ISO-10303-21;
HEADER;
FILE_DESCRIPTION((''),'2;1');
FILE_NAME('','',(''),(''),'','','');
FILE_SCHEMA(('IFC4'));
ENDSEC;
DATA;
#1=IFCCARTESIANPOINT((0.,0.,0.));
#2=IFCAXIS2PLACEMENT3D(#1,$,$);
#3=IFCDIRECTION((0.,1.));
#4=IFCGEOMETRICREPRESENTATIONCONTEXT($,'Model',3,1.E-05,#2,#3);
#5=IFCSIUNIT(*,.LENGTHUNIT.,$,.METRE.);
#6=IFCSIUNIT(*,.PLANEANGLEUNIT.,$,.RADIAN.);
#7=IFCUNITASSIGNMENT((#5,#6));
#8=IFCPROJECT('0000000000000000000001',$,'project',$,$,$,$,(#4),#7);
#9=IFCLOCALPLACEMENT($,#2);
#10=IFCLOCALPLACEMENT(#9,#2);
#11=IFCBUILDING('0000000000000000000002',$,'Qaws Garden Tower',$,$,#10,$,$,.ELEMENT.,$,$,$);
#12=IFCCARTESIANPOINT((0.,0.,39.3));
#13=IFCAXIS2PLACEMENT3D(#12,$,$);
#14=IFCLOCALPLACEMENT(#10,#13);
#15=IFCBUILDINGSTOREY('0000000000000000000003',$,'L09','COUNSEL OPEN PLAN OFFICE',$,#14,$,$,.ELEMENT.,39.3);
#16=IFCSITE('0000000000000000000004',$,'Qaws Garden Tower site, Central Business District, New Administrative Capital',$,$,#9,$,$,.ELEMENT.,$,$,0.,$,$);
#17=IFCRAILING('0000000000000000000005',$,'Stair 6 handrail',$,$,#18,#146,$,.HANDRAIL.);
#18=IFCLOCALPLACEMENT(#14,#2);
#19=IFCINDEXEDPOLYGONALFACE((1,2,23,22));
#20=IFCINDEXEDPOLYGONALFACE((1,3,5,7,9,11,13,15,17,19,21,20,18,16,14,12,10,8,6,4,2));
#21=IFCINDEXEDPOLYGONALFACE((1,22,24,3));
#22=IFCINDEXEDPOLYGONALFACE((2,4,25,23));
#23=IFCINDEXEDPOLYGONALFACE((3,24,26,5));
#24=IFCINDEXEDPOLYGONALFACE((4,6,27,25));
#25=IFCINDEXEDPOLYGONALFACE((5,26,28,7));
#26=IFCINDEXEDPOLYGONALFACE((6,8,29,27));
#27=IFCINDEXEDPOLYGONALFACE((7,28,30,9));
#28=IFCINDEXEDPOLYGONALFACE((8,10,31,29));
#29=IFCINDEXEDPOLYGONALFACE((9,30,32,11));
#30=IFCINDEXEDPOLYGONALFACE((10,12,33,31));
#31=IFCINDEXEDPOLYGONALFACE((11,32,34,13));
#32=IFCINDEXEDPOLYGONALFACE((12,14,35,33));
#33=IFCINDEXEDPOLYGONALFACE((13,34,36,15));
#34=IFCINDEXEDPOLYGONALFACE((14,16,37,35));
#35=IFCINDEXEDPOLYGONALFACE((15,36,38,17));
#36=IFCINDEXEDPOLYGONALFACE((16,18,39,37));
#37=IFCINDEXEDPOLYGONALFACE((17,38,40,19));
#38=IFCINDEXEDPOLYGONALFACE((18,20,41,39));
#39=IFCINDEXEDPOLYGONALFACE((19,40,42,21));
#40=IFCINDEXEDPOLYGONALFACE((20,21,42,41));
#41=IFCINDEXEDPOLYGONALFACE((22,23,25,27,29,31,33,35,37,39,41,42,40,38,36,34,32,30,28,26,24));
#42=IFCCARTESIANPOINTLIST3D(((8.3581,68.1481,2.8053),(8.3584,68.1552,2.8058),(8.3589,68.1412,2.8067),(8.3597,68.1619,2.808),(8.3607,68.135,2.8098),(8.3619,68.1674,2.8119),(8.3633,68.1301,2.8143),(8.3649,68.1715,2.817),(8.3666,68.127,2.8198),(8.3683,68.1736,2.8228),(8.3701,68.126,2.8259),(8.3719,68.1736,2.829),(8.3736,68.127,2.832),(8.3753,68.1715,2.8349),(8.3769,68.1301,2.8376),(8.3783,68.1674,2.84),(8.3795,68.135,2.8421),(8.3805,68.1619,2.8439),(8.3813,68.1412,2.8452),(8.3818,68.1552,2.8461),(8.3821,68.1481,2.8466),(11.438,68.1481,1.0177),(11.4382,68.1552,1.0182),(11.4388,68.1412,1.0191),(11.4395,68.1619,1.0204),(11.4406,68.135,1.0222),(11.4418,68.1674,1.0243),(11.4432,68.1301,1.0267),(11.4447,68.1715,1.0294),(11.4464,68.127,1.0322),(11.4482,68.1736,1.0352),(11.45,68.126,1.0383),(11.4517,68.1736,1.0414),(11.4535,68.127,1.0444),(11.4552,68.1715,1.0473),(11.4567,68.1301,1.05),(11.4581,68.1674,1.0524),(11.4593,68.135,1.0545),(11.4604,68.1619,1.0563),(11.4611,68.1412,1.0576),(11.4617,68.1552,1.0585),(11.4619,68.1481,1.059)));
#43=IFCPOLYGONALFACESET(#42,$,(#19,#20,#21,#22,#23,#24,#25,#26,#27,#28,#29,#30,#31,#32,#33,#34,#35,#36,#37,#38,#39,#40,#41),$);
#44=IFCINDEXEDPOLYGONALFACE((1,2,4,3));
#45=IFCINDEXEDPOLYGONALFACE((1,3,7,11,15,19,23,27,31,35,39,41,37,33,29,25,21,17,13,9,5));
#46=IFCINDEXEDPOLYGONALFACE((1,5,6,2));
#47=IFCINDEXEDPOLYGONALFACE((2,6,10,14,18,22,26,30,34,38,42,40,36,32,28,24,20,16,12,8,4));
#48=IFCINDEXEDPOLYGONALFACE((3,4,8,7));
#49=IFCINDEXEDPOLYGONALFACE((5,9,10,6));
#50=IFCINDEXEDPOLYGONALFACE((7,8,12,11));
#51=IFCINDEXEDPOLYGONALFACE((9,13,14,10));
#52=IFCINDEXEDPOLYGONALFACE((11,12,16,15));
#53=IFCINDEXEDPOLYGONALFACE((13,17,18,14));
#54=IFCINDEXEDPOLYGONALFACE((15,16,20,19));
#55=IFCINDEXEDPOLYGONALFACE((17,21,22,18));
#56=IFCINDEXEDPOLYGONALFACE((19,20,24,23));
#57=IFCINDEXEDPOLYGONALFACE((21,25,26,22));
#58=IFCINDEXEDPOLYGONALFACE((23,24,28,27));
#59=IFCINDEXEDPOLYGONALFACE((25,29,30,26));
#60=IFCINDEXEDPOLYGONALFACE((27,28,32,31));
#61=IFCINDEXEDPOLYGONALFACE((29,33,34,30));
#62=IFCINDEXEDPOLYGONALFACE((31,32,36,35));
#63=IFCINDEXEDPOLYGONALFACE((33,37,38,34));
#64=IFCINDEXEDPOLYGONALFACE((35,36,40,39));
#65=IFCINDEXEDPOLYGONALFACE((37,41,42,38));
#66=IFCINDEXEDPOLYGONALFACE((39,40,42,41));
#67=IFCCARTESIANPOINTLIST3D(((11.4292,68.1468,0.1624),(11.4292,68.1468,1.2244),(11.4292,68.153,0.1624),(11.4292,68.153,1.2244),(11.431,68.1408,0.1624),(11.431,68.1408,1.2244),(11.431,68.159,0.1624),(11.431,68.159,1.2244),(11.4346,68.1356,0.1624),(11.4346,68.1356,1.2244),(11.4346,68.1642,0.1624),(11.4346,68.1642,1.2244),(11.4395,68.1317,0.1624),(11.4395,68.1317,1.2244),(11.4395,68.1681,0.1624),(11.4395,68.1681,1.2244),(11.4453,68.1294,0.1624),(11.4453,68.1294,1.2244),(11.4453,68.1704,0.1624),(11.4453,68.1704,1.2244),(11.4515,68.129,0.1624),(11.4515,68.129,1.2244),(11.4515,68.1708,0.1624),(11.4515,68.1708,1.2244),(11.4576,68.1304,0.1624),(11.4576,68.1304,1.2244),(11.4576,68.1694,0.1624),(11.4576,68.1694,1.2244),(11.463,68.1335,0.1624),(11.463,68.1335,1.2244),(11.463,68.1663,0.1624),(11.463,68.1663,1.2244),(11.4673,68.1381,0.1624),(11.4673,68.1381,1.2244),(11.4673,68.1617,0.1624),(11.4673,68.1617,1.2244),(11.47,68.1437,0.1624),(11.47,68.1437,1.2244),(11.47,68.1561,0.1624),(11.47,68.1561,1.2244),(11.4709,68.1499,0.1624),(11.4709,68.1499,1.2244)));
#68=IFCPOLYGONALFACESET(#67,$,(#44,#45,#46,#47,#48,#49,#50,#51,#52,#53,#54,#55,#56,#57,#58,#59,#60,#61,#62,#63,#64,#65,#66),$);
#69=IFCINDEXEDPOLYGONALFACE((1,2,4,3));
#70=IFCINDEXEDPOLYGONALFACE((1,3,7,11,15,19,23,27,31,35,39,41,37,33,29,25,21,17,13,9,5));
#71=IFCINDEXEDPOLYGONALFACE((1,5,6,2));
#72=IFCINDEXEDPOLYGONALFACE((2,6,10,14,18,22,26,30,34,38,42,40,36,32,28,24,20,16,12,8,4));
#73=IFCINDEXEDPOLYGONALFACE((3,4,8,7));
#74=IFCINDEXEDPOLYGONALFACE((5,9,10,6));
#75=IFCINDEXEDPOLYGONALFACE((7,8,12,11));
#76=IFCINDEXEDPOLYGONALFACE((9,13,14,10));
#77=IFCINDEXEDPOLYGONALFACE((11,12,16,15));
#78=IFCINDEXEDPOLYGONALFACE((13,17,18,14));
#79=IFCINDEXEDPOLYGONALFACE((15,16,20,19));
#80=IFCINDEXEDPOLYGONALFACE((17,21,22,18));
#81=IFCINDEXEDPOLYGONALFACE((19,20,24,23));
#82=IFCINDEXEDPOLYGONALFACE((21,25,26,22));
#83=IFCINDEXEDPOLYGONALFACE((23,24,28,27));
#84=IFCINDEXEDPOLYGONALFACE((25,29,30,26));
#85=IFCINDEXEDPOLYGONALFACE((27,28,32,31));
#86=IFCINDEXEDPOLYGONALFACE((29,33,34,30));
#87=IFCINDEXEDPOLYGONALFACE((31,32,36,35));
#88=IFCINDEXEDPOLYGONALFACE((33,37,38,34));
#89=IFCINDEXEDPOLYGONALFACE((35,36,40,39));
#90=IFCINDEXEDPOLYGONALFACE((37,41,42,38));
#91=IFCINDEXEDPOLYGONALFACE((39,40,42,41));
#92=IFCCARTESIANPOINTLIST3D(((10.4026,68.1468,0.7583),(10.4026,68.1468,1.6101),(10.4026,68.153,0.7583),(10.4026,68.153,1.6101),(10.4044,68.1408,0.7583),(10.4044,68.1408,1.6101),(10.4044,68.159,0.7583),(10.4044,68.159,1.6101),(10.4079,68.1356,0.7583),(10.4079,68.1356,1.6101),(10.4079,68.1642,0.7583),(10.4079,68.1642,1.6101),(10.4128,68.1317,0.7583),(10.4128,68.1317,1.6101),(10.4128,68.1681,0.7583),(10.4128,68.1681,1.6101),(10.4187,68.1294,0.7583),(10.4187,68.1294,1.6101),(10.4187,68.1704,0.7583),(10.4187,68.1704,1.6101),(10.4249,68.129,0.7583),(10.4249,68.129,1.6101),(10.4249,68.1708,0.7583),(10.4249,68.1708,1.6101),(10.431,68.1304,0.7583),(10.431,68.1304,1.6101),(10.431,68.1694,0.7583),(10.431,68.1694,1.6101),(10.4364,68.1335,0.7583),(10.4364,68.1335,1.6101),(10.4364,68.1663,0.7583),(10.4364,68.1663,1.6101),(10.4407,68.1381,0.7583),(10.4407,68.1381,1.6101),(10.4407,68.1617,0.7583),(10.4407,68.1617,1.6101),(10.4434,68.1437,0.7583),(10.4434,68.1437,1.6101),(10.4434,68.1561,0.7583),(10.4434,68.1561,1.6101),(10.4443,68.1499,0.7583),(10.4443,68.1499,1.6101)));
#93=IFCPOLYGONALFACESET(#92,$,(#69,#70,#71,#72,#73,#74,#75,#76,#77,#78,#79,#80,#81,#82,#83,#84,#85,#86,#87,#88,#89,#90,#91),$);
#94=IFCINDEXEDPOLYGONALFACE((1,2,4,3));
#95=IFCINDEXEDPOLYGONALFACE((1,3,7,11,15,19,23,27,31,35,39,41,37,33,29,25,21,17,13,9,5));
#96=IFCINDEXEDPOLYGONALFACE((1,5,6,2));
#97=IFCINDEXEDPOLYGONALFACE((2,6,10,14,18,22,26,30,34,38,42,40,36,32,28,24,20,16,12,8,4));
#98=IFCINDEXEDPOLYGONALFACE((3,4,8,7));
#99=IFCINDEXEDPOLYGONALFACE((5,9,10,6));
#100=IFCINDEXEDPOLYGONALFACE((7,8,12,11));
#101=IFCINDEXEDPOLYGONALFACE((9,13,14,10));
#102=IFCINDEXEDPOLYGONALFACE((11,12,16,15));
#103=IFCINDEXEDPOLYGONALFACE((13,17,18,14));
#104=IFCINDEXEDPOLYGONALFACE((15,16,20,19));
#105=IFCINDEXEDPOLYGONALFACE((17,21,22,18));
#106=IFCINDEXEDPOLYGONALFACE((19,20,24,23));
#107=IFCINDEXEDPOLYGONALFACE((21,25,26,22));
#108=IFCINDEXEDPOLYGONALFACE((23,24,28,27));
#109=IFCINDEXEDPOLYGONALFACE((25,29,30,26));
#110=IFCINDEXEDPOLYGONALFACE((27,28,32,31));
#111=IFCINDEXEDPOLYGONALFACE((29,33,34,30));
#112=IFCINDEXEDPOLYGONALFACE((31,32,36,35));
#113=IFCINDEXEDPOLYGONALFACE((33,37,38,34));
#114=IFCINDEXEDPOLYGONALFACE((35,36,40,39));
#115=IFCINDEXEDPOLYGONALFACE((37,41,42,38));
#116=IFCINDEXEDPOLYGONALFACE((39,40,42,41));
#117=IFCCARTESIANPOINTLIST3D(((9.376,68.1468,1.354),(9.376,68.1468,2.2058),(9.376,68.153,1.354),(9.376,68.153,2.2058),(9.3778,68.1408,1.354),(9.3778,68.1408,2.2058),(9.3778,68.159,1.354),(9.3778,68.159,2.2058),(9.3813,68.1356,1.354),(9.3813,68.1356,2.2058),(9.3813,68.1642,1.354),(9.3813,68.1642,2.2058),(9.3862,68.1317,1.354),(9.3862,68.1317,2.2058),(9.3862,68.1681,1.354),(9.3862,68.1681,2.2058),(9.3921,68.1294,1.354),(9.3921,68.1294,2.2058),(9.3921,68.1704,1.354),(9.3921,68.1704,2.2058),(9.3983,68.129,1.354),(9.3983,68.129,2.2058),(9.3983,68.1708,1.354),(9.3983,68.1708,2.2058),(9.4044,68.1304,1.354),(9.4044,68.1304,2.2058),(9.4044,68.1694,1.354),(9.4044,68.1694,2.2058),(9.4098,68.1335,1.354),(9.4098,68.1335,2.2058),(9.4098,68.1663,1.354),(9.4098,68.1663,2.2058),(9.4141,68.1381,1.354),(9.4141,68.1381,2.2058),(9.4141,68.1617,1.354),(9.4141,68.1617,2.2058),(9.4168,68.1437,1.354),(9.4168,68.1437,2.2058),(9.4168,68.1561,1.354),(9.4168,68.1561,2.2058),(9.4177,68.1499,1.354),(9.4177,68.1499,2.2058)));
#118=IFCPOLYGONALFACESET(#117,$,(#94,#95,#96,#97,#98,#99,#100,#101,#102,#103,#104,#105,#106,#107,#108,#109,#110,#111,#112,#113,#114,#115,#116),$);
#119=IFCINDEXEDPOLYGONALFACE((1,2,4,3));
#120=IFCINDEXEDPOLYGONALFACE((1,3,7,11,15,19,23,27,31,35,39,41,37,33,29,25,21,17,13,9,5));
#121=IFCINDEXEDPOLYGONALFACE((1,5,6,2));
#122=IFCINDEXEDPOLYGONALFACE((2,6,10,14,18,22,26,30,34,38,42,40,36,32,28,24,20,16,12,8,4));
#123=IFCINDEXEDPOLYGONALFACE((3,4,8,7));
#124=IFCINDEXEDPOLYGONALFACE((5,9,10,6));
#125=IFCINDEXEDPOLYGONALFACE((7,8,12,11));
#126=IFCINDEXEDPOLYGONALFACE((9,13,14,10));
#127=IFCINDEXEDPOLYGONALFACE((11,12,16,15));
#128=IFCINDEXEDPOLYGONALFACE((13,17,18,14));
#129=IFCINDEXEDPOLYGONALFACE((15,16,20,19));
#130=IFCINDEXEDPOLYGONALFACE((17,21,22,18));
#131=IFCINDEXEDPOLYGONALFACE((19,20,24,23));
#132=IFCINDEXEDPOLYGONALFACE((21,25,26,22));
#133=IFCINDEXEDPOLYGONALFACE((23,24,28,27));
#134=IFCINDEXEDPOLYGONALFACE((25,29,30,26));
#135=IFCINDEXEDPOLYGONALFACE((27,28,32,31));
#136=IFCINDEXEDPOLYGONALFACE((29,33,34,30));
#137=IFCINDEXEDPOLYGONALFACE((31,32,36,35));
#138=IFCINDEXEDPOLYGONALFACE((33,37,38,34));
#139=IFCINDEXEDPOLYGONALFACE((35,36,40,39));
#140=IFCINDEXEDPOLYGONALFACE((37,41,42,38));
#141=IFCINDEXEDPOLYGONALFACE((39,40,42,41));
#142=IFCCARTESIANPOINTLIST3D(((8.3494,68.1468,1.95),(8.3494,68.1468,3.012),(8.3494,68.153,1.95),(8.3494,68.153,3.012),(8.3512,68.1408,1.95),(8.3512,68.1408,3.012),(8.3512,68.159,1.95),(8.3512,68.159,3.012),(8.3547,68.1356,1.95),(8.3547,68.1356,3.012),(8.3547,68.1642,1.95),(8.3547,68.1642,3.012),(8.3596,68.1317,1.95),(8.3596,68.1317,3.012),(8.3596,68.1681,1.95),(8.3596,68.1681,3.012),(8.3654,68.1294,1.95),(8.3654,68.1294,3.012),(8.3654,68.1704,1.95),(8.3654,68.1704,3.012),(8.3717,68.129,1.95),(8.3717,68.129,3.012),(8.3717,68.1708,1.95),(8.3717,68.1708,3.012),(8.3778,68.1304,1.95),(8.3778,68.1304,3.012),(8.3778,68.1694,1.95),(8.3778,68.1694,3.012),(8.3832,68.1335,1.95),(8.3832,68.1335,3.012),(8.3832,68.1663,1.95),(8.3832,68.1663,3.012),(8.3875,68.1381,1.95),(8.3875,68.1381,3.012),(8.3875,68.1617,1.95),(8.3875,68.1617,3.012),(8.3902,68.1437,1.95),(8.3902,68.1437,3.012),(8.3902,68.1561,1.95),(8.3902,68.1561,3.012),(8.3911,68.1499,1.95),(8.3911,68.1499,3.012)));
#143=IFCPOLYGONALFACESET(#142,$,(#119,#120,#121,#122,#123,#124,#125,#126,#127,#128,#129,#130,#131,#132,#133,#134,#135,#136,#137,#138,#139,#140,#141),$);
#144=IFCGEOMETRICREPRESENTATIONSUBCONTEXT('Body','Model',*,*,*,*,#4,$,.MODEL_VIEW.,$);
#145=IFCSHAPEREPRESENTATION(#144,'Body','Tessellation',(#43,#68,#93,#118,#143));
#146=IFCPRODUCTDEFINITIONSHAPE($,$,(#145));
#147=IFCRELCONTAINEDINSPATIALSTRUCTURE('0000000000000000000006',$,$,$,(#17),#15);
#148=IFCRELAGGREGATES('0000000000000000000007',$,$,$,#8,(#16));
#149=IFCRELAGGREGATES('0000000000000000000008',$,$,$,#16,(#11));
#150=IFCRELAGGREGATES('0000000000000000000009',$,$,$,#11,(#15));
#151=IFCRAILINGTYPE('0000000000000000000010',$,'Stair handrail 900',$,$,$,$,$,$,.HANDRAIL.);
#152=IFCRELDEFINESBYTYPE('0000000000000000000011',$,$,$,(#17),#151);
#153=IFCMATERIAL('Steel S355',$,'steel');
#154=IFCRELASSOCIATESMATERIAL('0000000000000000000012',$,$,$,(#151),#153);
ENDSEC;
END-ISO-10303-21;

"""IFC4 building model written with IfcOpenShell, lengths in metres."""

from ifc_helpers import new_model, si_unit, direction, frame, origin, origin_2d, place, context, subcontext, project, spatial, circle, extrude, material, type_object, element, save


model = new_model("IFC4")

# Units and contexts
model_context = context("Model", 3, precision=1e-05, world=origin(), true_north=direction((0.0, 1.0)))
body_context = subcontext(model_context, "Body", "Model", "MODEL_VIEW")
ifc_project = project(units=[si_unit("LENGTHUNIT", "METRE"), si_unit("PLANEANGLEUNIT", "RADIAN")], contexts=[model_context])

# Site, building, storey
site_placement = place(None, origin())
site = spatial("IfcSite", under=ifc_project, at=site_placement, Name="Qaws Garden Tower site, Central Business District, New Administrative Capital", CompositionType="ELEMENT", RefElevation=0.0)
building_placement = place(site_placement, origin())
building = spatial("IfcBuilding", under=site, at=building_placement, Name="Qaws Garden Tower", CompositionType="ELEMENT")
storey_placement = place(building_placement, frame((0.0, 0.0, 39.3)))
storey = spatial("IfcBuildingStorey", under=building, at=storey_placement, Name="L09", Description="COUNSEL OPEN PLAN OFFICE", CompositionType="ELEMENT", Elevation=39.3)

# Railing
ifc_material_1 = material(Name="Steel S355", Category="steel")
railing_type = type_object("IfcRailingType", Name="Stair handrail 900", PredefinedType="HANDRAIL", material=ifc_material_1)
railing_1_placement = place(storey_placement, frame((11.45, 68.1499, 0.1624)))
element("IfcRailing", 1, at=railing_1_placement, inside=storey, type_object=railing_type, Name="Stair 6 handrail", PredefinedType="HANDRAIL", context=body_context, shape_type="SweptSolid", body=[
    extrude(circle(Radius=0.0239, at=origin_2d()), frame((0.0, 0.0, 0.876), z_axis=(-0.864873, 0.0, 0.50199), x_axis=(0.0, -1.0, 0.0)), (0.0, 0.0, 1.0), 3.561),
    extrude(circle(Radius=0.021, at=origin_2d()), origin(), (0.0, 0.0, 1.0), 1.062),
    extrude(circle(Radius=0.021, at=origin_2d()), frame((-1.0266, 0.0, 0.5959)), (0.0, 0.0, 1.0), 0.8518),
    extrude(circle(Radius=0.021, at=origin_2d()), frame((-2.0532, 0.0, 1.1917)), (0.0, 0.0, 1.0), 0.8518),
    extrude(circle(Radius=0.021, at=origin_2d()), frame((-3.0798, 0.0, 1.7876)), (0.0, 0.0, 1.0), 1.062),
])

save(model, "model.ifc")
